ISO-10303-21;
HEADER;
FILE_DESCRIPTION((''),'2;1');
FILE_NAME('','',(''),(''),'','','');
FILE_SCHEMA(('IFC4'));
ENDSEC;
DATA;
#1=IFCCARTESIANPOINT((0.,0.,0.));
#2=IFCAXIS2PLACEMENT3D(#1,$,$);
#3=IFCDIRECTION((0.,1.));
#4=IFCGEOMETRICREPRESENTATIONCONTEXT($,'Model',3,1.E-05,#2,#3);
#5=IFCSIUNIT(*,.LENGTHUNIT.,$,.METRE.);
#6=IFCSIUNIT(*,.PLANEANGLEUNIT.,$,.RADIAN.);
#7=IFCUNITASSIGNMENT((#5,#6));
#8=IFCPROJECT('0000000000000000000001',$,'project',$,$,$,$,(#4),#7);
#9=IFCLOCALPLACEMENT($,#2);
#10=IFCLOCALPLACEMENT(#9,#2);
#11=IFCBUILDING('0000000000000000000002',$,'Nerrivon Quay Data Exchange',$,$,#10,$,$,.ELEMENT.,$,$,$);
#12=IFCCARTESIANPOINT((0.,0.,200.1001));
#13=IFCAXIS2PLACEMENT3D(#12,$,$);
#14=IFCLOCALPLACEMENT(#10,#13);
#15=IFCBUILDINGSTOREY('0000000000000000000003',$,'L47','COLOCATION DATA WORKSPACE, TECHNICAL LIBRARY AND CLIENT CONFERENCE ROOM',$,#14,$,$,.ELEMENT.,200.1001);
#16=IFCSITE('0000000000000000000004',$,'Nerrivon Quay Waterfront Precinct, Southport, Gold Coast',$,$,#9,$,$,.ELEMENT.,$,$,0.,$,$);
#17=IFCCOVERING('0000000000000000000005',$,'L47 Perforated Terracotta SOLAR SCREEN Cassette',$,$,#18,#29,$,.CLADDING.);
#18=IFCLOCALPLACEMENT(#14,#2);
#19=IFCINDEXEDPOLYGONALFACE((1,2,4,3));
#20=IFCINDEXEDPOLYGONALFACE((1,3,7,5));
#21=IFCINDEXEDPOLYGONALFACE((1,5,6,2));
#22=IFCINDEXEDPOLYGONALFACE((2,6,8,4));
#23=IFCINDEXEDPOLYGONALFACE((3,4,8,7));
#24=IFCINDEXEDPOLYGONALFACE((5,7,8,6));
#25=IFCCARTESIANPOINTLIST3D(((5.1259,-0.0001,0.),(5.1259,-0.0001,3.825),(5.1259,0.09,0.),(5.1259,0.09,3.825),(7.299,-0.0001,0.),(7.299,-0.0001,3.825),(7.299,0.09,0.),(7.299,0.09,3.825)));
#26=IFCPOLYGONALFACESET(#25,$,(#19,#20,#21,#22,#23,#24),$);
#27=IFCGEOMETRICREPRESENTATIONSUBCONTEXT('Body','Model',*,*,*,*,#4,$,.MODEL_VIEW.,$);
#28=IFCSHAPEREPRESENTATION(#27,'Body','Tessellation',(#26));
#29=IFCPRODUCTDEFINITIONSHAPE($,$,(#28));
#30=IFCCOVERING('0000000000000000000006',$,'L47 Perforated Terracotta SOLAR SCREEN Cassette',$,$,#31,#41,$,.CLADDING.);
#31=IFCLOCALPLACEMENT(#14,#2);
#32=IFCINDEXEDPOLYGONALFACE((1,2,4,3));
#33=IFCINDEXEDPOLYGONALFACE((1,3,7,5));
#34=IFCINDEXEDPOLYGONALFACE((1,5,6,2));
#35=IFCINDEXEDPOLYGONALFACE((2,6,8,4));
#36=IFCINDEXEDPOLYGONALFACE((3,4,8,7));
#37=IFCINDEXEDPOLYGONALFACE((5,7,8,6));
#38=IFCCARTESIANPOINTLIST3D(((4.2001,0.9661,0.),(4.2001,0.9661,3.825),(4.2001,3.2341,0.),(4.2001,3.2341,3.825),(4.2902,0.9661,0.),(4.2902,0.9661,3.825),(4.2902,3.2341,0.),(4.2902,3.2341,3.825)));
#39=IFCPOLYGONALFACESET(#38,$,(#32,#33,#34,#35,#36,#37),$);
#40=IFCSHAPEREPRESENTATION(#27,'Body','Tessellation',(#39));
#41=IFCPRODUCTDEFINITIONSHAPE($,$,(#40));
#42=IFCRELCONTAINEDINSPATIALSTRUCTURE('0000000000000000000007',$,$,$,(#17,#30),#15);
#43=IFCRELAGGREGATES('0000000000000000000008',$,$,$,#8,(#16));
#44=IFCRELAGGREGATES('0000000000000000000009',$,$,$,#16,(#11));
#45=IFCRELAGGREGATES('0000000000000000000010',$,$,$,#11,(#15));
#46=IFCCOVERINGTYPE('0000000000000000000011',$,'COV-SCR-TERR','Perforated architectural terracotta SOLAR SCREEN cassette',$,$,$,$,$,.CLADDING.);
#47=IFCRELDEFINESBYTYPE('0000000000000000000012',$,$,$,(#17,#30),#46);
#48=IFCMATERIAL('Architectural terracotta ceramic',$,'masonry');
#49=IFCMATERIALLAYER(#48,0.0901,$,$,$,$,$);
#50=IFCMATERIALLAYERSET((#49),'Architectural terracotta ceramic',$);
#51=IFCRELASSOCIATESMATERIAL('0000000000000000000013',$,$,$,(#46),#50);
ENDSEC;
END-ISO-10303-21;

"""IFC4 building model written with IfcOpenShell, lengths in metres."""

from ifc_helpers import new_model, si_unit, direction, frame, origin, origin_2d, place, context, subcontext, project, spatial, rectangle, extrude, material, layer, layer_set, type_object, element, save


model = new_model("IFC4")

# Units and contexts
model_context = context("Model", 3, precision=1e-05, world=origin(), true_north=direction((0.0, 1.0)))
body_context = subcontext(model_context, "Body", "Model", "MODEL_VIEW")
ifc_project = project(units=[si_unit("LENGTHUNIT", "METRE"), si_unit("PLANEANGLEUNIT", "RADIAN")], contexts=[model_context])

# Site, building, storey
site_placement = place(None, origin())
site = spatial("IfcSite", under=ifc_project, at=site_placement, Name="Nerrivon Quay Waterfront Precinct, Southport, Gold Coast", CompositionType="ELEMENT", RefElevation=0.0)
building_placement = place(site_placement, origin())
building = spatial("IfcBuilding", under=site, at=building_placement, Name="Nerrivon Quay Data Exchange", CompositionType="ELEMENT")
storey_placement = place(building_placement, frame((0.0, 0.0, 200.1001)))
storey = spatial("IfcBuildingStorey", under=building, at=storey_placement, Name="L47", Description="COLOCATION DATA WORKSPACE, TECHNICAL LIBRARY AND CLIENT CONFERENCE ROOM", CompositionType="ELEMENT", Elevation=200.1001)

# Coverings
ifc_material_1 = material(Name="Architectural terracotta ceramic", Category="masonry")
ifc_layer_1 = layer(ifc_material_1, 0.0901)
ifc_layer_set_1 = layer_set([ifc_layer_1], Name="Architectural terracotta ceramic")
covering_type = type_object("IfcCoveringType", Name="COV-SCR-TERR", Description="Perforated architectural terracotta SOLAR SCREEN cassette", PredefinedType="CLADDING", material=ifc_layer_set_1)
covering_1_placement = place(storey_placement, frame((6.2124, 0.0449, 0.0), z_axis=(0.0, 0.0, 1.0), x_axis=(-1.0, 0.0, 0.0)))
element("IfcCovering", 1, at=covering_1_placement, inside=storey, type_object=covering_type, Name="L47 Perforated Terracotta SOLAR SCREEN Cassette", PredefinedType="CLADDING", context=body_context, shape_type="SweptSolid", body=[
    extrude(rectangle(XDim=2.1731, YDim=0.0901, at=origin_2d()), origin(), (0.0, 0.0, 1.0), 3.825),
])
covering_2_placement = place(storey_placement, frame((4.2451, 2.1001, 0.0), z_axis=(0.0, 0.0, 1.0), x_axis=(0.0, 1.0, 0.0)))
element("IfcCovering", 2, at=covering_2_placement, inside=storey, type_object=covering_type, Name="L47 Perforated Terracotta SOLAR SCREEN Cassette", PredefinedType="CLADDING", context=body_context, shape_type="SweptSolid", body=[
    extrude(rectangle(XDim=2.2681, YDim=0.0901, at=origin_2d()), origin(), (0.0, 0.0, 1.0), 3.825),
])

save(model, "model.ifc")
